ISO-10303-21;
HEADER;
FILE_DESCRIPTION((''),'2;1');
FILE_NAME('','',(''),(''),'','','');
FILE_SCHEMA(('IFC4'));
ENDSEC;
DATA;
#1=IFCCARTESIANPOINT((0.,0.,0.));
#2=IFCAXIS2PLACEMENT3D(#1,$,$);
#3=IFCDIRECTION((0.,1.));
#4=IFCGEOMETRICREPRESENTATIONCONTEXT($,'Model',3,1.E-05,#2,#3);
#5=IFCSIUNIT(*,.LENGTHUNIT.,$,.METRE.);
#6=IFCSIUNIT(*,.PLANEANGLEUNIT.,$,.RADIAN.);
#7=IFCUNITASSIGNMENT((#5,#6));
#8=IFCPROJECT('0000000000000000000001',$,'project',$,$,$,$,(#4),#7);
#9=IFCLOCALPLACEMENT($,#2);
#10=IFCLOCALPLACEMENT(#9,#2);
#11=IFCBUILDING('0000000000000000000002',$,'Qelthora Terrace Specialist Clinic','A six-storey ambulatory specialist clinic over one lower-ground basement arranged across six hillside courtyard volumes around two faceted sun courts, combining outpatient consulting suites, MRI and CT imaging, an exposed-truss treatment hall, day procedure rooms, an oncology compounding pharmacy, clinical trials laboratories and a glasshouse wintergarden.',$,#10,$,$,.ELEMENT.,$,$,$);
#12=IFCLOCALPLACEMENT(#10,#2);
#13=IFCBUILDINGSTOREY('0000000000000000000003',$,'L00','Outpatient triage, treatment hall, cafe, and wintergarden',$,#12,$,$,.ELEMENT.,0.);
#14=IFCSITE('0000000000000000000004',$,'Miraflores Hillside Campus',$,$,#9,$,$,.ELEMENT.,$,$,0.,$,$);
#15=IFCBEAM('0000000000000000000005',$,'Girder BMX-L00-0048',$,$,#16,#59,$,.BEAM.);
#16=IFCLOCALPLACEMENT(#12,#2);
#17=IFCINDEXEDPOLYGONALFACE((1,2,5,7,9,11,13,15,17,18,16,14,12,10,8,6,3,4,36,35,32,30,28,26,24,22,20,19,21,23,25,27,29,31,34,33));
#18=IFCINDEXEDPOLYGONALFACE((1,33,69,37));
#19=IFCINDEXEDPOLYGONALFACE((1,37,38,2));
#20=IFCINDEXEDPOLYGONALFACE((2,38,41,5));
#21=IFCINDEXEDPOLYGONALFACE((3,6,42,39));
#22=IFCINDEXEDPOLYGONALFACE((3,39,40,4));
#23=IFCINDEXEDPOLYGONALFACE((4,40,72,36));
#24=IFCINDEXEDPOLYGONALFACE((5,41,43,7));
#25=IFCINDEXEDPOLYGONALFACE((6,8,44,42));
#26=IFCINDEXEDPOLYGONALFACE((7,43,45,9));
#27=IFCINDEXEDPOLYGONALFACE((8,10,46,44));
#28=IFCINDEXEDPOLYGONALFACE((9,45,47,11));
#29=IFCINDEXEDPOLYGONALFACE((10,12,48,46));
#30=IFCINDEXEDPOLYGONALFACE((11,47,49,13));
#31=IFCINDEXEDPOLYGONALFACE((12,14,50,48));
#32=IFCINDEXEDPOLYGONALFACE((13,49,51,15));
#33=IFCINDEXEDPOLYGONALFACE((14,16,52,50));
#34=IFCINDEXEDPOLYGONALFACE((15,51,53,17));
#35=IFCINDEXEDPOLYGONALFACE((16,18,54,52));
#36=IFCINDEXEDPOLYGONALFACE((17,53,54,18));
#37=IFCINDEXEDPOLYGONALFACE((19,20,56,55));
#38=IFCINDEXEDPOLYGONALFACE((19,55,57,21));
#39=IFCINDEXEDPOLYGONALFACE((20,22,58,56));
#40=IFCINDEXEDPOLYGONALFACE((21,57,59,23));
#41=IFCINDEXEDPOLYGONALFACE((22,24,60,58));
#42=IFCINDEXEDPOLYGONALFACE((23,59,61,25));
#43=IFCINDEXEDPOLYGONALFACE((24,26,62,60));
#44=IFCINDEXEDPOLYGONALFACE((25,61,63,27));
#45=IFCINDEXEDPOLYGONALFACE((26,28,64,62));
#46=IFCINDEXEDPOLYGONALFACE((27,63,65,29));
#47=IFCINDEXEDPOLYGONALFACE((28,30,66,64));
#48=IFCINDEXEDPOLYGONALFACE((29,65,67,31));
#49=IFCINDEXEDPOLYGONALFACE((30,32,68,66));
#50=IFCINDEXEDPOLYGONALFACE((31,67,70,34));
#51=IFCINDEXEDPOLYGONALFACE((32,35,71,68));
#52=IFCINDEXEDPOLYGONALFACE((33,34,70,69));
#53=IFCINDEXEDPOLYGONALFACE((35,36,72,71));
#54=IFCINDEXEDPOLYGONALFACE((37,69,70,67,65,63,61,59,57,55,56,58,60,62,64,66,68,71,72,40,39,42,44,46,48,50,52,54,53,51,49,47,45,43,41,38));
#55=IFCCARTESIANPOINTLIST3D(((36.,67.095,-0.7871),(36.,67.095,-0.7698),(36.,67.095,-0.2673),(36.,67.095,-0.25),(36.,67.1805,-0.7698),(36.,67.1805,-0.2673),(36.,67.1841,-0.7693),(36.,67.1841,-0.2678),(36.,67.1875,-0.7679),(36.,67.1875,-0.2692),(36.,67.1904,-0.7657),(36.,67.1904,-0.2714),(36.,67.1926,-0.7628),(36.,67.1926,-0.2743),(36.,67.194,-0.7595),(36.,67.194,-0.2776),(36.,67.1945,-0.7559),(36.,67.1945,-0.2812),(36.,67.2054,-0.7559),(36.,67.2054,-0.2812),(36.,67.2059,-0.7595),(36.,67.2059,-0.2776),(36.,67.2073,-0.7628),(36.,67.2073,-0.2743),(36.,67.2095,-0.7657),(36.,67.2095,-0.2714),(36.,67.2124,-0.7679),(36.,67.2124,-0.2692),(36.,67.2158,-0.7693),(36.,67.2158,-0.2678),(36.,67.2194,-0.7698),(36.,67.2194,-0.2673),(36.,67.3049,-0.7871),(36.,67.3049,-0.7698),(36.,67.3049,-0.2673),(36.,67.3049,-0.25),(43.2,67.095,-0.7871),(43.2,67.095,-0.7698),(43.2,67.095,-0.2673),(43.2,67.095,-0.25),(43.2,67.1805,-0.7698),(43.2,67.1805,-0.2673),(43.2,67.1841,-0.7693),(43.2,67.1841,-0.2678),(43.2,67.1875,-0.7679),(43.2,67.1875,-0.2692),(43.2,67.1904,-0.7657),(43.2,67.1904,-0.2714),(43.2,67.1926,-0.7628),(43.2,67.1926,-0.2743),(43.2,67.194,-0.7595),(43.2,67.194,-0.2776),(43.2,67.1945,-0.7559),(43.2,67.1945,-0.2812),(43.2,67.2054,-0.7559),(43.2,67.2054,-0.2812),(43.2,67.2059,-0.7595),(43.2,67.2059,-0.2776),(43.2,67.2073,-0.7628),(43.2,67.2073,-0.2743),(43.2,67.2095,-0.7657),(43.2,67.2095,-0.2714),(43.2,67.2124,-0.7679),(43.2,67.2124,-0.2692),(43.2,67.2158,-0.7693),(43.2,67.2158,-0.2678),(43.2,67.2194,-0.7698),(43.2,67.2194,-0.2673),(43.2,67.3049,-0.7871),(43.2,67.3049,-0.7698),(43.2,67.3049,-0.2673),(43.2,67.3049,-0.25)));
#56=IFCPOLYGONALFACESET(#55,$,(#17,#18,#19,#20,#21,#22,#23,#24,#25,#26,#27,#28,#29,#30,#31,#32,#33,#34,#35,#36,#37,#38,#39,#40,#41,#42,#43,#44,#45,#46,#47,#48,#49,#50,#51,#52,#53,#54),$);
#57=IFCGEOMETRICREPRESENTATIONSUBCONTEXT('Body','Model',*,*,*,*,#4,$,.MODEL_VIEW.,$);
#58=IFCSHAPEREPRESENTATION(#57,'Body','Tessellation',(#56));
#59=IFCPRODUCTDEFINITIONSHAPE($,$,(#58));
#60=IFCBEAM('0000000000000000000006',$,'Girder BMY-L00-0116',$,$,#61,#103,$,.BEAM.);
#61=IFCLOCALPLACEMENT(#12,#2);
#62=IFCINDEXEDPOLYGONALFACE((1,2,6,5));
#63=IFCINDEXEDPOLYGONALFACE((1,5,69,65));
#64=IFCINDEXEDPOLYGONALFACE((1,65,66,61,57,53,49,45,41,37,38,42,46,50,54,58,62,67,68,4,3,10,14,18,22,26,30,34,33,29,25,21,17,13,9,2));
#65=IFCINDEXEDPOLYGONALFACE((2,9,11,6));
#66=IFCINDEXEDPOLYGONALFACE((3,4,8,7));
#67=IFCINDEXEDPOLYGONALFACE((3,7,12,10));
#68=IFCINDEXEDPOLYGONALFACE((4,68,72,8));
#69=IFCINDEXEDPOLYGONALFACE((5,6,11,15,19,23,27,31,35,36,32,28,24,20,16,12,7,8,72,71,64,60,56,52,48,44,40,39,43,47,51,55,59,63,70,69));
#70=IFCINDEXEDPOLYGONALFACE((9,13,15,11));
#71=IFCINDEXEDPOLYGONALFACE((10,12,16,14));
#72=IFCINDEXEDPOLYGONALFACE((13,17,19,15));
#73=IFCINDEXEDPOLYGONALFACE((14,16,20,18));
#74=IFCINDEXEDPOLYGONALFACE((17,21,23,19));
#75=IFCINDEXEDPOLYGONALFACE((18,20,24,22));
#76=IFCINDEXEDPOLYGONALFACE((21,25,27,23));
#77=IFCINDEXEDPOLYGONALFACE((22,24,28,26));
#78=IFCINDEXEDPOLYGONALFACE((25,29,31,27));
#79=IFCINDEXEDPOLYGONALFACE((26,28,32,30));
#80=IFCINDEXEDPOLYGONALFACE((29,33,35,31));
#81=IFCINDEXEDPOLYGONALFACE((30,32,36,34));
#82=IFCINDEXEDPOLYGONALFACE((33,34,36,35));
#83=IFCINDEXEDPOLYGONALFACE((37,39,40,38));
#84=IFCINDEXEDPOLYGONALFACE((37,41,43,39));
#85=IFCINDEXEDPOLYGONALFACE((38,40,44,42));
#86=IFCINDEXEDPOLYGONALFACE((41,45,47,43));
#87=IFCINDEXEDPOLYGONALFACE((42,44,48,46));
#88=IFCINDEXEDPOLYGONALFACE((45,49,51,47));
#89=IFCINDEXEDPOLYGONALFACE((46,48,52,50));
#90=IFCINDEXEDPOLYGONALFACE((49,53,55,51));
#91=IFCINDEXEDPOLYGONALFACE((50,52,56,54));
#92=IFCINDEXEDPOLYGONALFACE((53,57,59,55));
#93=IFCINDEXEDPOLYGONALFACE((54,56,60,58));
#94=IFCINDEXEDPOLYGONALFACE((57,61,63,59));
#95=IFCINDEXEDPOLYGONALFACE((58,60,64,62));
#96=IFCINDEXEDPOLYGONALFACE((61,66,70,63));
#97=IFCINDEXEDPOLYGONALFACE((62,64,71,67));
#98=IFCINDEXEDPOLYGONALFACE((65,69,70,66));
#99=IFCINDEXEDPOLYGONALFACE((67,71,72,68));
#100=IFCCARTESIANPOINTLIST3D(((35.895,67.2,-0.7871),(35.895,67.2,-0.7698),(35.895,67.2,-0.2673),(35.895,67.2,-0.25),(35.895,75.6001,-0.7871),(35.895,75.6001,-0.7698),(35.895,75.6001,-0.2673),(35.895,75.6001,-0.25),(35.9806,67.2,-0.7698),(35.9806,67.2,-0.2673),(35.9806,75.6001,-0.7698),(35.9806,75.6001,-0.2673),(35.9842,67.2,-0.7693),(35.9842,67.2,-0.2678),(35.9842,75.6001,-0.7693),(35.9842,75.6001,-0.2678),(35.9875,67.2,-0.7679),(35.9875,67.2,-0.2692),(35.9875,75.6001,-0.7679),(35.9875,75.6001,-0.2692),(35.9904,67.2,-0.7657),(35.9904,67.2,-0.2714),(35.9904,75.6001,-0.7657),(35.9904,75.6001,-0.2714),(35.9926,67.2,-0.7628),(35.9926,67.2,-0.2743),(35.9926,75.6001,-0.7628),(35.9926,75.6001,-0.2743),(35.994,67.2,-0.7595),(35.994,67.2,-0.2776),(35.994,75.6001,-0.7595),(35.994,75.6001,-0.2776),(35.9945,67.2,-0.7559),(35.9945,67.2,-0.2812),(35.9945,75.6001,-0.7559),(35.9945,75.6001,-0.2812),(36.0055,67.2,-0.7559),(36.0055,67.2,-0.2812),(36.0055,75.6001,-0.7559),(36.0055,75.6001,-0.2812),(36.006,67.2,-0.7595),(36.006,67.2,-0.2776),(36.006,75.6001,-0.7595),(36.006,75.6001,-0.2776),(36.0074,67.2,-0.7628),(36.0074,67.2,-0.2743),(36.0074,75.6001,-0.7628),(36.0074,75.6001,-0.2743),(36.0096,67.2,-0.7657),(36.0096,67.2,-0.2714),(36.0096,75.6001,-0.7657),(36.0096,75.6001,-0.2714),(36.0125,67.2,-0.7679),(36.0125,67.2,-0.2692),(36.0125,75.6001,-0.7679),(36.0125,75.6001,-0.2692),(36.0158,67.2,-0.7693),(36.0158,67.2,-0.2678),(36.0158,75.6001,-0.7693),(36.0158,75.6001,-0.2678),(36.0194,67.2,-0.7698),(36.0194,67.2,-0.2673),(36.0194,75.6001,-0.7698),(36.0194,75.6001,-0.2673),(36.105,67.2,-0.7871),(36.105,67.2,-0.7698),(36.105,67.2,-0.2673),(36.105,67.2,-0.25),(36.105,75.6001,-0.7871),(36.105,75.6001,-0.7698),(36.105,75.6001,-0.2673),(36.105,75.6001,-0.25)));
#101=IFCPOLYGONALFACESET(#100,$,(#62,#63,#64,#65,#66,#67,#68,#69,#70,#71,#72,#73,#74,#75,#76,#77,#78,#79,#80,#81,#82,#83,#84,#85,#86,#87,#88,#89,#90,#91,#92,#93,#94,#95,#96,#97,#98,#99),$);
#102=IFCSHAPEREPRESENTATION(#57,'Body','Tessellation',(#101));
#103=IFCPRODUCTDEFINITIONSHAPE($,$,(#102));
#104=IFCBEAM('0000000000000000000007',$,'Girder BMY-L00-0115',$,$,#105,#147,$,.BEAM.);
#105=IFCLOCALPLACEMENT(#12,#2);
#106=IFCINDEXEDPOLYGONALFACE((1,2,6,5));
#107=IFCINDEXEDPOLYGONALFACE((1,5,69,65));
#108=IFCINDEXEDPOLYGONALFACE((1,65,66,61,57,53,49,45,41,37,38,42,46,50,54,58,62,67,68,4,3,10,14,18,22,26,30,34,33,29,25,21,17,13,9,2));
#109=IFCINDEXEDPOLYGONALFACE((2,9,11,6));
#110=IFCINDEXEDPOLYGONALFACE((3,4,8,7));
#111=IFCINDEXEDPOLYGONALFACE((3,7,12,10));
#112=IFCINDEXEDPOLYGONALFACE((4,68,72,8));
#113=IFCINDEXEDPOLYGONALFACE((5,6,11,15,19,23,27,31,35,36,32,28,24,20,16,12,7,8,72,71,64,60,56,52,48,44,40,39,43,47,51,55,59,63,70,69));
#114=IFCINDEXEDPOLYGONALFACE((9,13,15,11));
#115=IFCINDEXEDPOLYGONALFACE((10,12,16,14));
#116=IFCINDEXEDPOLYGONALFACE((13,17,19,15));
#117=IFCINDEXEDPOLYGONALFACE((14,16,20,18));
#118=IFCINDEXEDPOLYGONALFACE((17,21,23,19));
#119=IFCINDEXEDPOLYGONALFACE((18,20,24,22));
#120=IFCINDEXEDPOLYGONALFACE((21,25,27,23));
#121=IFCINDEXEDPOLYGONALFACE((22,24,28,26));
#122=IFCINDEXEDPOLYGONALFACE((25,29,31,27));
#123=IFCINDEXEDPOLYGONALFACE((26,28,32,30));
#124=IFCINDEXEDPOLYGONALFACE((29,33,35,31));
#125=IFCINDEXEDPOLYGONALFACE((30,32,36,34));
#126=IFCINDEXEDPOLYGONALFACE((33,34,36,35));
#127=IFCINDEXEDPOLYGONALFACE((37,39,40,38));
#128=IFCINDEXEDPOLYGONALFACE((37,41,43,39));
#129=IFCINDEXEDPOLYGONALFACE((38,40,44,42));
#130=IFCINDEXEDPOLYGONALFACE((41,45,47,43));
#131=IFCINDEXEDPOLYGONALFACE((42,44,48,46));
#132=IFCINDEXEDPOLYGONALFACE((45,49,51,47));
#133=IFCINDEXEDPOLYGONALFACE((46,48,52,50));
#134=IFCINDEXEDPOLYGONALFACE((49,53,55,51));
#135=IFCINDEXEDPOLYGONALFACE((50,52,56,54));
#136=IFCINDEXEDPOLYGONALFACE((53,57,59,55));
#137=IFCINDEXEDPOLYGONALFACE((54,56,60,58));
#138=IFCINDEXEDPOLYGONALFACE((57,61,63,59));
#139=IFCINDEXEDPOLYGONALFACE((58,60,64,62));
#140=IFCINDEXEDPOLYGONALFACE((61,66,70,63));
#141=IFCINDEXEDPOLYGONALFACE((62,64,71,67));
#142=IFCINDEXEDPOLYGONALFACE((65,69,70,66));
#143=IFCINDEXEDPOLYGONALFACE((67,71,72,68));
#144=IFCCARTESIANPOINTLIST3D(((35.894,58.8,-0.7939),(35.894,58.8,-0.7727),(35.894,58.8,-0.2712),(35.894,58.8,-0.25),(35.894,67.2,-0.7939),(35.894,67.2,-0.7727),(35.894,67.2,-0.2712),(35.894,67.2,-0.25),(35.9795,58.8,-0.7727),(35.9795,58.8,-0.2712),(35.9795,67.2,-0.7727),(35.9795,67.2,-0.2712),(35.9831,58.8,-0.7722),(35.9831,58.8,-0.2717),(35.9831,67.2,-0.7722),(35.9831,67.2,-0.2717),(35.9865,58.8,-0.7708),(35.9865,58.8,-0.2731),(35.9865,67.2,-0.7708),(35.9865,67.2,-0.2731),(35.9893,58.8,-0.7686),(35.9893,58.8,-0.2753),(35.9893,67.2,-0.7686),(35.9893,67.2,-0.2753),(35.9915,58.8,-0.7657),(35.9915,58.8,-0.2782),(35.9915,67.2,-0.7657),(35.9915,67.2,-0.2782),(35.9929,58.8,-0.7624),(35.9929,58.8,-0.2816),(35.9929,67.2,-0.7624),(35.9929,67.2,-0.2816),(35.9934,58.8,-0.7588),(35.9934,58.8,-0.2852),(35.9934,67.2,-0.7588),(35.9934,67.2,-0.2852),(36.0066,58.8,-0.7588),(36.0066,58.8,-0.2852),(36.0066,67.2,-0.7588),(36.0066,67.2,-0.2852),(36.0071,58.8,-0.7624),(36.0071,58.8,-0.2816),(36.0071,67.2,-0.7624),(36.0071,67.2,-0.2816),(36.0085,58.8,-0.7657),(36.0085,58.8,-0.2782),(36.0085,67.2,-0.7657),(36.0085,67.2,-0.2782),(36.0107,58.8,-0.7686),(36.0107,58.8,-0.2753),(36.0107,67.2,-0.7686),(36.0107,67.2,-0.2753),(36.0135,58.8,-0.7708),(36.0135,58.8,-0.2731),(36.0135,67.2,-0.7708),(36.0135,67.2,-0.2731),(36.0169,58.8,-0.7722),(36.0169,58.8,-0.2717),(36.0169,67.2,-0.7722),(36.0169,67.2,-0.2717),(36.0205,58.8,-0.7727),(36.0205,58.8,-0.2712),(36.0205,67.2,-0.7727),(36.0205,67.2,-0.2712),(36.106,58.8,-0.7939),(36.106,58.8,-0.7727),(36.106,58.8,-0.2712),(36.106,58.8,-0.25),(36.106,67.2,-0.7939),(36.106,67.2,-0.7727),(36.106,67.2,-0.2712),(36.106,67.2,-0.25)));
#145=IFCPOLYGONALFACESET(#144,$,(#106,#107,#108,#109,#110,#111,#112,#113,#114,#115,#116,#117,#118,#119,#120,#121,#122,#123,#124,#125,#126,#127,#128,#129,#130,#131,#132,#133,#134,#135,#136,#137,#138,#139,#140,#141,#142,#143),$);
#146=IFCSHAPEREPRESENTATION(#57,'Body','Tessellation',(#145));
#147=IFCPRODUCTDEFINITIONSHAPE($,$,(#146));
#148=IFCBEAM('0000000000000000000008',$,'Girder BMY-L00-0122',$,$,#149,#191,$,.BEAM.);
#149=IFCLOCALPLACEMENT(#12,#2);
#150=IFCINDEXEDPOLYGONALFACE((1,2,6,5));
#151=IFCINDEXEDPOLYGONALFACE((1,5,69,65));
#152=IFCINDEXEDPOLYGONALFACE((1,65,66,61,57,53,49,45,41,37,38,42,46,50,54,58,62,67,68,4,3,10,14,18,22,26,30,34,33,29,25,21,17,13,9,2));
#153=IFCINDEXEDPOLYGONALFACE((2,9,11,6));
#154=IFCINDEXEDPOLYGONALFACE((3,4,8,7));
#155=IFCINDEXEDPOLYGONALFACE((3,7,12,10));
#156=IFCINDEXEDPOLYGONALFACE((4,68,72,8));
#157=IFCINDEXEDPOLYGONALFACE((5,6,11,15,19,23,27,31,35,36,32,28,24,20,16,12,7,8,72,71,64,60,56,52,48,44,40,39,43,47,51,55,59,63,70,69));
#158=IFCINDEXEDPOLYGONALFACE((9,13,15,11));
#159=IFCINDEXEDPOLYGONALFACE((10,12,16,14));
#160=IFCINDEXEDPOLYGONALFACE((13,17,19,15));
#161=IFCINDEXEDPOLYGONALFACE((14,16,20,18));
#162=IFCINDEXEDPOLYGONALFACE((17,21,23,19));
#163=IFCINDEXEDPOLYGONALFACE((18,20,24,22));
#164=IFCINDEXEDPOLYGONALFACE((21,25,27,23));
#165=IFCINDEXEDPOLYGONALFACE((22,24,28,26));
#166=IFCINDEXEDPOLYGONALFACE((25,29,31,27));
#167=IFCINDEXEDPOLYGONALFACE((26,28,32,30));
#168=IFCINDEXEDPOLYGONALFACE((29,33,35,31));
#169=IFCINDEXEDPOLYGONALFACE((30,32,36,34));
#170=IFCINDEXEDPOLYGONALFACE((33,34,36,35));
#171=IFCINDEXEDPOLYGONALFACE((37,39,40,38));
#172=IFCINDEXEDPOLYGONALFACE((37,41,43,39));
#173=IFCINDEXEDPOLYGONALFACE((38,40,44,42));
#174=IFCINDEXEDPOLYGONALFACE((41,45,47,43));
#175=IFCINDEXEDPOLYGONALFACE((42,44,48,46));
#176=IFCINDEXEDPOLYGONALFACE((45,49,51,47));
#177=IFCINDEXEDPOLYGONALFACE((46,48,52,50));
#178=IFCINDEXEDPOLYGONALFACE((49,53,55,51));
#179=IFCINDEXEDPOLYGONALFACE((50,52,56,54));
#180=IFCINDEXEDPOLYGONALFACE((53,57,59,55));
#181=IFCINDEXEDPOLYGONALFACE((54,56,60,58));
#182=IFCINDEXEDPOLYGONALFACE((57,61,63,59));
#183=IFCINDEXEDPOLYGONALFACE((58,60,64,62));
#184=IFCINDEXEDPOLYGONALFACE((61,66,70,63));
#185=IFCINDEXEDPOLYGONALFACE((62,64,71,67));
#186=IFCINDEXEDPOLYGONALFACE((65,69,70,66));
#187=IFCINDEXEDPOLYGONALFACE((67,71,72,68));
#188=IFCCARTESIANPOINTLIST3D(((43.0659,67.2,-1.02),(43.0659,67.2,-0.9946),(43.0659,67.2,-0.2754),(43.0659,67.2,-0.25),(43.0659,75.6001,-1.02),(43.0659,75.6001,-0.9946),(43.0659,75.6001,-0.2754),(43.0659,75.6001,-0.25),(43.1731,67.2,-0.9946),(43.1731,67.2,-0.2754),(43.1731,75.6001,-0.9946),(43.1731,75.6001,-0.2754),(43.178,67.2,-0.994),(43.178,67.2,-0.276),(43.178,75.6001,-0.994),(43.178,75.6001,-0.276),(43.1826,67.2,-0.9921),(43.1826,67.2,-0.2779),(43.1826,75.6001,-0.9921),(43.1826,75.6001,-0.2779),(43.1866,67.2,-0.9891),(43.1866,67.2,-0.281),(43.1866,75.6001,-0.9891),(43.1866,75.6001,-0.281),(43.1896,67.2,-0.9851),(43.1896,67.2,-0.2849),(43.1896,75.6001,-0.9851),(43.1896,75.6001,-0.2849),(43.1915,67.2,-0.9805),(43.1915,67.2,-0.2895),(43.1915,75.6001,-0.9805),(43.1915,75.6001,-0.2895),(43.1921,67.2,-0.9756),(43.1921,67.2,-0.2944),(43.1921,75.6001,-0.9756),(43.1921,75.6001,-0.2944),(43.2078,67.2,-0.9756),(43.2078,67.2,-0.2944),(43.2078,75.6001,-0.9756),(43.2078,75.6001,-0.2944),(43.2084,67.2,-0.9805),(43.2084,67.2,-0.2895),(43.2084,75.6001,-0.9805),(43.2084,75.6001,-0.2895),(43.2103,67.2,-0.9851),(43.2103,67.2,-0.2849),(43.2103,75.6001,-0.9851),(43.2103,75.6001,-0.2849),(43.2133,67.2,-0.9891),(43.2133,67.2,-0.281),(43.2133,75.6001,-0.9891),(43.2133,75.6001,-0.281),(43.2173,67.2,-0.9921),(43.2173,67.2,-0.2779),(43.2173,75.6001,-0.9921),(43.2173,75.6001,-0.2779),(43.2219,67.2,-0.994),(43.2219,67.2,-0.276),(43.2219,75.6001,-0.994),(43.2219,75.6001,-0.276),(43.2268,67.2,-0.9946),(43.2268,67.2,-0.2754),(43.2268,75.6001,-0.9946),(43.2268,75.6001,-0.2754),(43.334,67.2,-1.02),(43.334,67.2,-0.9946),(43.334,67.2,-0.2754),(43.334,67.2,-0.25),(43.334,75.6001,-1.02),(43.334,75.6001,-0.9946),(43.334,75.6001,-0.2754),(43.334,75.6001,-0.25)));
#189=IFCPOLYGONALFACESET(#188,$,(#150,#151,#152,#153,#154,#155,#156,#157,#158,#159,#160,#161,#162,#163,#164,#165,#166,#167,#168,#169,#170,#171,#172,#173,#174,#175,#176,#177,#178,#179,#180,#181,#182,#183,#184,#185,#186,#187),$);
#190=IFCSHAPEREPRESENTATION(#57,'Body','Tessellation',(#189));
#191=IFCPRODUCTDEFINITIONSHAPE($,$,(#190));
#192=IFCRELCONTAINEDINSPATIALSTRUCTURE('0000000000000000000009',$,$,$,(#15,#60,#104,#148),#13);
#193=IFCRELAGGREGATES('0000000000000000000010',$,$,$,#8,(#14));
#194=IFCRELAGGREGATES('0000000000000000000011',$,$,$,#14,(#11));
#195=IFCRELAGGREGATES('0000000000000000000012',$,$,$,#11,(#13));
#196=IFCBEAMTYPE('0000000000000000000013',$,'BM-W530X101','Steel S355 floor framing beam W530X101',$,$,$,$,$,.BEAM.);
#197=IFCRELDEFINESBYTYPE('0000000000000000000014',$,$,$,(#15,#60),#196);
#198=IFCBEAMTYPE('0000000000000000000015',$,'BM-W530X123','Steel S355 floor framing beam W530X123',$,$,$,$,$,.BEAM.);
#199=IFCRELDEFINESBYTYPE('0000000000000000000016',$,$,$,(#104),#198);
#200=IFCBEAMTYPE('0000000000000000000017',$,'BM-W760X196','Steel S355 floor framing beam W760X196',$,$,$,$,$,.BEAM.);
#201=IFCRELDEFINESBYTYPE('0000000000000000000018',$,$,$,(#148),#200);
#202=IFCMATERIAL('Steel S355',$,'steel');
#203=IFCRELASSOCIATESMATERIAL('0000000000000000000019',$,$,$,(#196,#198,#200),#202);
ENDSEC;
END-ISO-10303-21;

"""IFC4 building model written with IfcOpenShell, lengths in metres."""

from ifc_helpers import new_model, si_unit, direction, frame, origin, origin_2d, place, context, subcontext, project, spatial, i_section, extrude, material, material_profile, profile_set, type_object, element, save


model = new_model("IFC4")

# Units and contexts
model_context = context("Model", 3, precision=1e-05, world=origin(), true_north=direction((0.0, 1.0)))
body_context = subcontext(model_context, "Body", "Model", "MODEL_VIEW")
ifc_project = project(units=[si_unit("LENGTHUNIT", "METRE"), si_unit("PLANEANGLEUNIT", "RADIAN")], contexts=[model_context])

# Site, building, storey
site_placement = place(None, origin())
site = spatial("IfcSite", under=ifc_project, at=site_placement, Name="Miraflores Hillside Campus", CompositionType="ELEMENT", RefElevation=0.0)
building_placement = place(site_placement, origin())
building = spatial("IfcBuilding", under=site, at=building_placement, Name="Qelthora Terrace Specialist Clinic", Description="A six-storey ambulatory specialist clinic over one lower-ground basement arranged across six hillside courtyard volumes around two faceted sun courts, combining outpatient consulting suites, MRI and CT imaging, an exposed-truss treatment hall, day procedure rooms, an oncology compounding pharmacy, clinical trials laboratories and a glasshouse wintergarden.", CompositionType="ELEMENT")
storey_placement = place(building_placement, origin())
storey = spatial("IfcBuildingStorey", under=building, at=storey_placement, Name="L00", Description="Outpatient triage, treatment hall, cafe, and wintergarden", CompositionType="ELEMENT", Elevation=0.0)

# Shared definitions
ifc_material_1 = material(Name="Steel S355", Category="steel")

# Beams
ifc_material_profile_1 = material_profile(ifc_material_1, i_section(OverallWidth=0.21, OverallDepth=0.5371, WebThickness=0.011, FlangeThickness=0.0173, FilletRadius=0.0139, at=origin_2d()), Name="W530X101")
ifc_profile_set_1 = profile_set([ifc_material_profile_1], Name="Steel S355")
beam_type_1 = type_object("IfcBeamType", Name="BM-W530X101", Description="Steel S355 floor framing beam W530X101", PredefinedType="BEAM", material=ifc_profile_set_1)
beam_1_placement = place(storey_placement, frame((36.0, 67.2, -0.5186), z_axis=(1.0, 0.0, 0.0), x_axis=(0.0, 1.0, 0.0)))
element("IfcBeam", 1, at=beam_1_placement, inside=storey, type_object=beam_type_1, Name="Girder BMX-L00-0048", PredefinedType="BEAM", context=body_context, shape_type="SweptSolid", body=[
    extrude(i_section(OverallWidth=0.21, OverallDepth=0.5371, WebThickness=0.011, FlangeThickness=0.0173, FilletRadius=0.0139, at=origin_2d()), origin(), (0.0, 0.0, 1.0), 7.2),
])
beam_2_placement = place(storey_placement, frame((36.0, 67.2, -0.5186), z_axis=(0.0, 1.0, 0.0), x_axis=(-1.0, 0.0, 0.0)))
element("IfcBeam", 2, at=beam_2_placement, inside=storey, type_object=beam_type_1, Name="Girder BMY-L00-0116", PredefinedType="BEAM", context=body_context, shape_type="SweptSolid", body=[
    extrude(i_section(OverallWidth=0.21, OverallDepth=0.5371, WebThickness=0.011, FlangeThickness=0.0173, FilletRadius=0.0139, at=origin_2d()), origin(), (0.0, 0.0, 1.0), 8.4001),
])
ifc_material_profile_2 = material_profile(ifc_material_1, i_section(OverallWidth=0.2119, OverallDepth=0.5439, WebThickness=0.0132, FlangeThickness=0.0212, FilletRadius=0.0139, at=origin_2d()), Name="W530X123")
ifc_profile_set_2 = profile_set([ifc_material_profile_2], Name="Steel S355")
beam_type_2 = type_object("IfcBeamType", Name="BM-W530X123", Description="Steel S355 floor framing beam W530X123", PredefinedType="BEAM", material=ifc_profile_set_2)
beam_3_placement = place(storey_placement, frame((36.0, 58.8, -0.522), z_axis=(0.0, 1.0, 0.0), x_axis=(-1.0, 0.0, 0.0)))
element("IfcBeam", 3, at=beam_3_placement, inside=storey, type_object=beam_type_2, Name="Girder BMY-L00-0115", PredefinedType="BEAM", context=body_context, shape_type="SweptSolid", body=[
    extrude(i_section(OverallWidth=0.2119, OverallDepth=0.5439, WebThickness=0.0132, FlangeThickness=0.0212, FilletRadius=0.0139, at=origin_2d()), origin(), (0.0, 0.0, 1.0), 8.3999),
])
ifc_material_profile_3 = material_profile(ifc_material_1, i_section(OverallWidth=0.2681, OverallDepth=0.77, WebThickness=0.0156, FlangeThickness=0.0254, FilletRadius=0.019, at=origin_2d()), Name="W760X196")
ifc_profile_set_3 = profile_set([ifc_material_profile_3], Name="Steel S355")
beam_type_3 = type_object("IfcBeamType", Name="BM-W760X196", Description="Steel S355 floor framing beam W760X196", PredefinedType="BEAM", material=ifc_profile_set_3)
beam_4_placement = place(storey_placement, frame((43.2, 67.2, -0.635), z_axis=(0.0, 1.0, 0.0), x_axis=(-1.0, 0.0, 0.0)))
element("IfcBeam", 4, at=beam_4_placement, inside=storey, type_object=beam_type_3, Name="Girder BMY-L00-0122", PredefinedType="BEAM", context=body_context, shape_type="SweptSolid", body=[
    extrude(i_section(OverallWidth=0.2681, OverallDepth=0.77, WebThickness=0.0156, FlangeThickness=0.0254, FilletRadius=0.019, at=origin_2d()), origin(), (0.0, 0.0, 1.0), 8.4001),
])

save(model, "model.ifc")
